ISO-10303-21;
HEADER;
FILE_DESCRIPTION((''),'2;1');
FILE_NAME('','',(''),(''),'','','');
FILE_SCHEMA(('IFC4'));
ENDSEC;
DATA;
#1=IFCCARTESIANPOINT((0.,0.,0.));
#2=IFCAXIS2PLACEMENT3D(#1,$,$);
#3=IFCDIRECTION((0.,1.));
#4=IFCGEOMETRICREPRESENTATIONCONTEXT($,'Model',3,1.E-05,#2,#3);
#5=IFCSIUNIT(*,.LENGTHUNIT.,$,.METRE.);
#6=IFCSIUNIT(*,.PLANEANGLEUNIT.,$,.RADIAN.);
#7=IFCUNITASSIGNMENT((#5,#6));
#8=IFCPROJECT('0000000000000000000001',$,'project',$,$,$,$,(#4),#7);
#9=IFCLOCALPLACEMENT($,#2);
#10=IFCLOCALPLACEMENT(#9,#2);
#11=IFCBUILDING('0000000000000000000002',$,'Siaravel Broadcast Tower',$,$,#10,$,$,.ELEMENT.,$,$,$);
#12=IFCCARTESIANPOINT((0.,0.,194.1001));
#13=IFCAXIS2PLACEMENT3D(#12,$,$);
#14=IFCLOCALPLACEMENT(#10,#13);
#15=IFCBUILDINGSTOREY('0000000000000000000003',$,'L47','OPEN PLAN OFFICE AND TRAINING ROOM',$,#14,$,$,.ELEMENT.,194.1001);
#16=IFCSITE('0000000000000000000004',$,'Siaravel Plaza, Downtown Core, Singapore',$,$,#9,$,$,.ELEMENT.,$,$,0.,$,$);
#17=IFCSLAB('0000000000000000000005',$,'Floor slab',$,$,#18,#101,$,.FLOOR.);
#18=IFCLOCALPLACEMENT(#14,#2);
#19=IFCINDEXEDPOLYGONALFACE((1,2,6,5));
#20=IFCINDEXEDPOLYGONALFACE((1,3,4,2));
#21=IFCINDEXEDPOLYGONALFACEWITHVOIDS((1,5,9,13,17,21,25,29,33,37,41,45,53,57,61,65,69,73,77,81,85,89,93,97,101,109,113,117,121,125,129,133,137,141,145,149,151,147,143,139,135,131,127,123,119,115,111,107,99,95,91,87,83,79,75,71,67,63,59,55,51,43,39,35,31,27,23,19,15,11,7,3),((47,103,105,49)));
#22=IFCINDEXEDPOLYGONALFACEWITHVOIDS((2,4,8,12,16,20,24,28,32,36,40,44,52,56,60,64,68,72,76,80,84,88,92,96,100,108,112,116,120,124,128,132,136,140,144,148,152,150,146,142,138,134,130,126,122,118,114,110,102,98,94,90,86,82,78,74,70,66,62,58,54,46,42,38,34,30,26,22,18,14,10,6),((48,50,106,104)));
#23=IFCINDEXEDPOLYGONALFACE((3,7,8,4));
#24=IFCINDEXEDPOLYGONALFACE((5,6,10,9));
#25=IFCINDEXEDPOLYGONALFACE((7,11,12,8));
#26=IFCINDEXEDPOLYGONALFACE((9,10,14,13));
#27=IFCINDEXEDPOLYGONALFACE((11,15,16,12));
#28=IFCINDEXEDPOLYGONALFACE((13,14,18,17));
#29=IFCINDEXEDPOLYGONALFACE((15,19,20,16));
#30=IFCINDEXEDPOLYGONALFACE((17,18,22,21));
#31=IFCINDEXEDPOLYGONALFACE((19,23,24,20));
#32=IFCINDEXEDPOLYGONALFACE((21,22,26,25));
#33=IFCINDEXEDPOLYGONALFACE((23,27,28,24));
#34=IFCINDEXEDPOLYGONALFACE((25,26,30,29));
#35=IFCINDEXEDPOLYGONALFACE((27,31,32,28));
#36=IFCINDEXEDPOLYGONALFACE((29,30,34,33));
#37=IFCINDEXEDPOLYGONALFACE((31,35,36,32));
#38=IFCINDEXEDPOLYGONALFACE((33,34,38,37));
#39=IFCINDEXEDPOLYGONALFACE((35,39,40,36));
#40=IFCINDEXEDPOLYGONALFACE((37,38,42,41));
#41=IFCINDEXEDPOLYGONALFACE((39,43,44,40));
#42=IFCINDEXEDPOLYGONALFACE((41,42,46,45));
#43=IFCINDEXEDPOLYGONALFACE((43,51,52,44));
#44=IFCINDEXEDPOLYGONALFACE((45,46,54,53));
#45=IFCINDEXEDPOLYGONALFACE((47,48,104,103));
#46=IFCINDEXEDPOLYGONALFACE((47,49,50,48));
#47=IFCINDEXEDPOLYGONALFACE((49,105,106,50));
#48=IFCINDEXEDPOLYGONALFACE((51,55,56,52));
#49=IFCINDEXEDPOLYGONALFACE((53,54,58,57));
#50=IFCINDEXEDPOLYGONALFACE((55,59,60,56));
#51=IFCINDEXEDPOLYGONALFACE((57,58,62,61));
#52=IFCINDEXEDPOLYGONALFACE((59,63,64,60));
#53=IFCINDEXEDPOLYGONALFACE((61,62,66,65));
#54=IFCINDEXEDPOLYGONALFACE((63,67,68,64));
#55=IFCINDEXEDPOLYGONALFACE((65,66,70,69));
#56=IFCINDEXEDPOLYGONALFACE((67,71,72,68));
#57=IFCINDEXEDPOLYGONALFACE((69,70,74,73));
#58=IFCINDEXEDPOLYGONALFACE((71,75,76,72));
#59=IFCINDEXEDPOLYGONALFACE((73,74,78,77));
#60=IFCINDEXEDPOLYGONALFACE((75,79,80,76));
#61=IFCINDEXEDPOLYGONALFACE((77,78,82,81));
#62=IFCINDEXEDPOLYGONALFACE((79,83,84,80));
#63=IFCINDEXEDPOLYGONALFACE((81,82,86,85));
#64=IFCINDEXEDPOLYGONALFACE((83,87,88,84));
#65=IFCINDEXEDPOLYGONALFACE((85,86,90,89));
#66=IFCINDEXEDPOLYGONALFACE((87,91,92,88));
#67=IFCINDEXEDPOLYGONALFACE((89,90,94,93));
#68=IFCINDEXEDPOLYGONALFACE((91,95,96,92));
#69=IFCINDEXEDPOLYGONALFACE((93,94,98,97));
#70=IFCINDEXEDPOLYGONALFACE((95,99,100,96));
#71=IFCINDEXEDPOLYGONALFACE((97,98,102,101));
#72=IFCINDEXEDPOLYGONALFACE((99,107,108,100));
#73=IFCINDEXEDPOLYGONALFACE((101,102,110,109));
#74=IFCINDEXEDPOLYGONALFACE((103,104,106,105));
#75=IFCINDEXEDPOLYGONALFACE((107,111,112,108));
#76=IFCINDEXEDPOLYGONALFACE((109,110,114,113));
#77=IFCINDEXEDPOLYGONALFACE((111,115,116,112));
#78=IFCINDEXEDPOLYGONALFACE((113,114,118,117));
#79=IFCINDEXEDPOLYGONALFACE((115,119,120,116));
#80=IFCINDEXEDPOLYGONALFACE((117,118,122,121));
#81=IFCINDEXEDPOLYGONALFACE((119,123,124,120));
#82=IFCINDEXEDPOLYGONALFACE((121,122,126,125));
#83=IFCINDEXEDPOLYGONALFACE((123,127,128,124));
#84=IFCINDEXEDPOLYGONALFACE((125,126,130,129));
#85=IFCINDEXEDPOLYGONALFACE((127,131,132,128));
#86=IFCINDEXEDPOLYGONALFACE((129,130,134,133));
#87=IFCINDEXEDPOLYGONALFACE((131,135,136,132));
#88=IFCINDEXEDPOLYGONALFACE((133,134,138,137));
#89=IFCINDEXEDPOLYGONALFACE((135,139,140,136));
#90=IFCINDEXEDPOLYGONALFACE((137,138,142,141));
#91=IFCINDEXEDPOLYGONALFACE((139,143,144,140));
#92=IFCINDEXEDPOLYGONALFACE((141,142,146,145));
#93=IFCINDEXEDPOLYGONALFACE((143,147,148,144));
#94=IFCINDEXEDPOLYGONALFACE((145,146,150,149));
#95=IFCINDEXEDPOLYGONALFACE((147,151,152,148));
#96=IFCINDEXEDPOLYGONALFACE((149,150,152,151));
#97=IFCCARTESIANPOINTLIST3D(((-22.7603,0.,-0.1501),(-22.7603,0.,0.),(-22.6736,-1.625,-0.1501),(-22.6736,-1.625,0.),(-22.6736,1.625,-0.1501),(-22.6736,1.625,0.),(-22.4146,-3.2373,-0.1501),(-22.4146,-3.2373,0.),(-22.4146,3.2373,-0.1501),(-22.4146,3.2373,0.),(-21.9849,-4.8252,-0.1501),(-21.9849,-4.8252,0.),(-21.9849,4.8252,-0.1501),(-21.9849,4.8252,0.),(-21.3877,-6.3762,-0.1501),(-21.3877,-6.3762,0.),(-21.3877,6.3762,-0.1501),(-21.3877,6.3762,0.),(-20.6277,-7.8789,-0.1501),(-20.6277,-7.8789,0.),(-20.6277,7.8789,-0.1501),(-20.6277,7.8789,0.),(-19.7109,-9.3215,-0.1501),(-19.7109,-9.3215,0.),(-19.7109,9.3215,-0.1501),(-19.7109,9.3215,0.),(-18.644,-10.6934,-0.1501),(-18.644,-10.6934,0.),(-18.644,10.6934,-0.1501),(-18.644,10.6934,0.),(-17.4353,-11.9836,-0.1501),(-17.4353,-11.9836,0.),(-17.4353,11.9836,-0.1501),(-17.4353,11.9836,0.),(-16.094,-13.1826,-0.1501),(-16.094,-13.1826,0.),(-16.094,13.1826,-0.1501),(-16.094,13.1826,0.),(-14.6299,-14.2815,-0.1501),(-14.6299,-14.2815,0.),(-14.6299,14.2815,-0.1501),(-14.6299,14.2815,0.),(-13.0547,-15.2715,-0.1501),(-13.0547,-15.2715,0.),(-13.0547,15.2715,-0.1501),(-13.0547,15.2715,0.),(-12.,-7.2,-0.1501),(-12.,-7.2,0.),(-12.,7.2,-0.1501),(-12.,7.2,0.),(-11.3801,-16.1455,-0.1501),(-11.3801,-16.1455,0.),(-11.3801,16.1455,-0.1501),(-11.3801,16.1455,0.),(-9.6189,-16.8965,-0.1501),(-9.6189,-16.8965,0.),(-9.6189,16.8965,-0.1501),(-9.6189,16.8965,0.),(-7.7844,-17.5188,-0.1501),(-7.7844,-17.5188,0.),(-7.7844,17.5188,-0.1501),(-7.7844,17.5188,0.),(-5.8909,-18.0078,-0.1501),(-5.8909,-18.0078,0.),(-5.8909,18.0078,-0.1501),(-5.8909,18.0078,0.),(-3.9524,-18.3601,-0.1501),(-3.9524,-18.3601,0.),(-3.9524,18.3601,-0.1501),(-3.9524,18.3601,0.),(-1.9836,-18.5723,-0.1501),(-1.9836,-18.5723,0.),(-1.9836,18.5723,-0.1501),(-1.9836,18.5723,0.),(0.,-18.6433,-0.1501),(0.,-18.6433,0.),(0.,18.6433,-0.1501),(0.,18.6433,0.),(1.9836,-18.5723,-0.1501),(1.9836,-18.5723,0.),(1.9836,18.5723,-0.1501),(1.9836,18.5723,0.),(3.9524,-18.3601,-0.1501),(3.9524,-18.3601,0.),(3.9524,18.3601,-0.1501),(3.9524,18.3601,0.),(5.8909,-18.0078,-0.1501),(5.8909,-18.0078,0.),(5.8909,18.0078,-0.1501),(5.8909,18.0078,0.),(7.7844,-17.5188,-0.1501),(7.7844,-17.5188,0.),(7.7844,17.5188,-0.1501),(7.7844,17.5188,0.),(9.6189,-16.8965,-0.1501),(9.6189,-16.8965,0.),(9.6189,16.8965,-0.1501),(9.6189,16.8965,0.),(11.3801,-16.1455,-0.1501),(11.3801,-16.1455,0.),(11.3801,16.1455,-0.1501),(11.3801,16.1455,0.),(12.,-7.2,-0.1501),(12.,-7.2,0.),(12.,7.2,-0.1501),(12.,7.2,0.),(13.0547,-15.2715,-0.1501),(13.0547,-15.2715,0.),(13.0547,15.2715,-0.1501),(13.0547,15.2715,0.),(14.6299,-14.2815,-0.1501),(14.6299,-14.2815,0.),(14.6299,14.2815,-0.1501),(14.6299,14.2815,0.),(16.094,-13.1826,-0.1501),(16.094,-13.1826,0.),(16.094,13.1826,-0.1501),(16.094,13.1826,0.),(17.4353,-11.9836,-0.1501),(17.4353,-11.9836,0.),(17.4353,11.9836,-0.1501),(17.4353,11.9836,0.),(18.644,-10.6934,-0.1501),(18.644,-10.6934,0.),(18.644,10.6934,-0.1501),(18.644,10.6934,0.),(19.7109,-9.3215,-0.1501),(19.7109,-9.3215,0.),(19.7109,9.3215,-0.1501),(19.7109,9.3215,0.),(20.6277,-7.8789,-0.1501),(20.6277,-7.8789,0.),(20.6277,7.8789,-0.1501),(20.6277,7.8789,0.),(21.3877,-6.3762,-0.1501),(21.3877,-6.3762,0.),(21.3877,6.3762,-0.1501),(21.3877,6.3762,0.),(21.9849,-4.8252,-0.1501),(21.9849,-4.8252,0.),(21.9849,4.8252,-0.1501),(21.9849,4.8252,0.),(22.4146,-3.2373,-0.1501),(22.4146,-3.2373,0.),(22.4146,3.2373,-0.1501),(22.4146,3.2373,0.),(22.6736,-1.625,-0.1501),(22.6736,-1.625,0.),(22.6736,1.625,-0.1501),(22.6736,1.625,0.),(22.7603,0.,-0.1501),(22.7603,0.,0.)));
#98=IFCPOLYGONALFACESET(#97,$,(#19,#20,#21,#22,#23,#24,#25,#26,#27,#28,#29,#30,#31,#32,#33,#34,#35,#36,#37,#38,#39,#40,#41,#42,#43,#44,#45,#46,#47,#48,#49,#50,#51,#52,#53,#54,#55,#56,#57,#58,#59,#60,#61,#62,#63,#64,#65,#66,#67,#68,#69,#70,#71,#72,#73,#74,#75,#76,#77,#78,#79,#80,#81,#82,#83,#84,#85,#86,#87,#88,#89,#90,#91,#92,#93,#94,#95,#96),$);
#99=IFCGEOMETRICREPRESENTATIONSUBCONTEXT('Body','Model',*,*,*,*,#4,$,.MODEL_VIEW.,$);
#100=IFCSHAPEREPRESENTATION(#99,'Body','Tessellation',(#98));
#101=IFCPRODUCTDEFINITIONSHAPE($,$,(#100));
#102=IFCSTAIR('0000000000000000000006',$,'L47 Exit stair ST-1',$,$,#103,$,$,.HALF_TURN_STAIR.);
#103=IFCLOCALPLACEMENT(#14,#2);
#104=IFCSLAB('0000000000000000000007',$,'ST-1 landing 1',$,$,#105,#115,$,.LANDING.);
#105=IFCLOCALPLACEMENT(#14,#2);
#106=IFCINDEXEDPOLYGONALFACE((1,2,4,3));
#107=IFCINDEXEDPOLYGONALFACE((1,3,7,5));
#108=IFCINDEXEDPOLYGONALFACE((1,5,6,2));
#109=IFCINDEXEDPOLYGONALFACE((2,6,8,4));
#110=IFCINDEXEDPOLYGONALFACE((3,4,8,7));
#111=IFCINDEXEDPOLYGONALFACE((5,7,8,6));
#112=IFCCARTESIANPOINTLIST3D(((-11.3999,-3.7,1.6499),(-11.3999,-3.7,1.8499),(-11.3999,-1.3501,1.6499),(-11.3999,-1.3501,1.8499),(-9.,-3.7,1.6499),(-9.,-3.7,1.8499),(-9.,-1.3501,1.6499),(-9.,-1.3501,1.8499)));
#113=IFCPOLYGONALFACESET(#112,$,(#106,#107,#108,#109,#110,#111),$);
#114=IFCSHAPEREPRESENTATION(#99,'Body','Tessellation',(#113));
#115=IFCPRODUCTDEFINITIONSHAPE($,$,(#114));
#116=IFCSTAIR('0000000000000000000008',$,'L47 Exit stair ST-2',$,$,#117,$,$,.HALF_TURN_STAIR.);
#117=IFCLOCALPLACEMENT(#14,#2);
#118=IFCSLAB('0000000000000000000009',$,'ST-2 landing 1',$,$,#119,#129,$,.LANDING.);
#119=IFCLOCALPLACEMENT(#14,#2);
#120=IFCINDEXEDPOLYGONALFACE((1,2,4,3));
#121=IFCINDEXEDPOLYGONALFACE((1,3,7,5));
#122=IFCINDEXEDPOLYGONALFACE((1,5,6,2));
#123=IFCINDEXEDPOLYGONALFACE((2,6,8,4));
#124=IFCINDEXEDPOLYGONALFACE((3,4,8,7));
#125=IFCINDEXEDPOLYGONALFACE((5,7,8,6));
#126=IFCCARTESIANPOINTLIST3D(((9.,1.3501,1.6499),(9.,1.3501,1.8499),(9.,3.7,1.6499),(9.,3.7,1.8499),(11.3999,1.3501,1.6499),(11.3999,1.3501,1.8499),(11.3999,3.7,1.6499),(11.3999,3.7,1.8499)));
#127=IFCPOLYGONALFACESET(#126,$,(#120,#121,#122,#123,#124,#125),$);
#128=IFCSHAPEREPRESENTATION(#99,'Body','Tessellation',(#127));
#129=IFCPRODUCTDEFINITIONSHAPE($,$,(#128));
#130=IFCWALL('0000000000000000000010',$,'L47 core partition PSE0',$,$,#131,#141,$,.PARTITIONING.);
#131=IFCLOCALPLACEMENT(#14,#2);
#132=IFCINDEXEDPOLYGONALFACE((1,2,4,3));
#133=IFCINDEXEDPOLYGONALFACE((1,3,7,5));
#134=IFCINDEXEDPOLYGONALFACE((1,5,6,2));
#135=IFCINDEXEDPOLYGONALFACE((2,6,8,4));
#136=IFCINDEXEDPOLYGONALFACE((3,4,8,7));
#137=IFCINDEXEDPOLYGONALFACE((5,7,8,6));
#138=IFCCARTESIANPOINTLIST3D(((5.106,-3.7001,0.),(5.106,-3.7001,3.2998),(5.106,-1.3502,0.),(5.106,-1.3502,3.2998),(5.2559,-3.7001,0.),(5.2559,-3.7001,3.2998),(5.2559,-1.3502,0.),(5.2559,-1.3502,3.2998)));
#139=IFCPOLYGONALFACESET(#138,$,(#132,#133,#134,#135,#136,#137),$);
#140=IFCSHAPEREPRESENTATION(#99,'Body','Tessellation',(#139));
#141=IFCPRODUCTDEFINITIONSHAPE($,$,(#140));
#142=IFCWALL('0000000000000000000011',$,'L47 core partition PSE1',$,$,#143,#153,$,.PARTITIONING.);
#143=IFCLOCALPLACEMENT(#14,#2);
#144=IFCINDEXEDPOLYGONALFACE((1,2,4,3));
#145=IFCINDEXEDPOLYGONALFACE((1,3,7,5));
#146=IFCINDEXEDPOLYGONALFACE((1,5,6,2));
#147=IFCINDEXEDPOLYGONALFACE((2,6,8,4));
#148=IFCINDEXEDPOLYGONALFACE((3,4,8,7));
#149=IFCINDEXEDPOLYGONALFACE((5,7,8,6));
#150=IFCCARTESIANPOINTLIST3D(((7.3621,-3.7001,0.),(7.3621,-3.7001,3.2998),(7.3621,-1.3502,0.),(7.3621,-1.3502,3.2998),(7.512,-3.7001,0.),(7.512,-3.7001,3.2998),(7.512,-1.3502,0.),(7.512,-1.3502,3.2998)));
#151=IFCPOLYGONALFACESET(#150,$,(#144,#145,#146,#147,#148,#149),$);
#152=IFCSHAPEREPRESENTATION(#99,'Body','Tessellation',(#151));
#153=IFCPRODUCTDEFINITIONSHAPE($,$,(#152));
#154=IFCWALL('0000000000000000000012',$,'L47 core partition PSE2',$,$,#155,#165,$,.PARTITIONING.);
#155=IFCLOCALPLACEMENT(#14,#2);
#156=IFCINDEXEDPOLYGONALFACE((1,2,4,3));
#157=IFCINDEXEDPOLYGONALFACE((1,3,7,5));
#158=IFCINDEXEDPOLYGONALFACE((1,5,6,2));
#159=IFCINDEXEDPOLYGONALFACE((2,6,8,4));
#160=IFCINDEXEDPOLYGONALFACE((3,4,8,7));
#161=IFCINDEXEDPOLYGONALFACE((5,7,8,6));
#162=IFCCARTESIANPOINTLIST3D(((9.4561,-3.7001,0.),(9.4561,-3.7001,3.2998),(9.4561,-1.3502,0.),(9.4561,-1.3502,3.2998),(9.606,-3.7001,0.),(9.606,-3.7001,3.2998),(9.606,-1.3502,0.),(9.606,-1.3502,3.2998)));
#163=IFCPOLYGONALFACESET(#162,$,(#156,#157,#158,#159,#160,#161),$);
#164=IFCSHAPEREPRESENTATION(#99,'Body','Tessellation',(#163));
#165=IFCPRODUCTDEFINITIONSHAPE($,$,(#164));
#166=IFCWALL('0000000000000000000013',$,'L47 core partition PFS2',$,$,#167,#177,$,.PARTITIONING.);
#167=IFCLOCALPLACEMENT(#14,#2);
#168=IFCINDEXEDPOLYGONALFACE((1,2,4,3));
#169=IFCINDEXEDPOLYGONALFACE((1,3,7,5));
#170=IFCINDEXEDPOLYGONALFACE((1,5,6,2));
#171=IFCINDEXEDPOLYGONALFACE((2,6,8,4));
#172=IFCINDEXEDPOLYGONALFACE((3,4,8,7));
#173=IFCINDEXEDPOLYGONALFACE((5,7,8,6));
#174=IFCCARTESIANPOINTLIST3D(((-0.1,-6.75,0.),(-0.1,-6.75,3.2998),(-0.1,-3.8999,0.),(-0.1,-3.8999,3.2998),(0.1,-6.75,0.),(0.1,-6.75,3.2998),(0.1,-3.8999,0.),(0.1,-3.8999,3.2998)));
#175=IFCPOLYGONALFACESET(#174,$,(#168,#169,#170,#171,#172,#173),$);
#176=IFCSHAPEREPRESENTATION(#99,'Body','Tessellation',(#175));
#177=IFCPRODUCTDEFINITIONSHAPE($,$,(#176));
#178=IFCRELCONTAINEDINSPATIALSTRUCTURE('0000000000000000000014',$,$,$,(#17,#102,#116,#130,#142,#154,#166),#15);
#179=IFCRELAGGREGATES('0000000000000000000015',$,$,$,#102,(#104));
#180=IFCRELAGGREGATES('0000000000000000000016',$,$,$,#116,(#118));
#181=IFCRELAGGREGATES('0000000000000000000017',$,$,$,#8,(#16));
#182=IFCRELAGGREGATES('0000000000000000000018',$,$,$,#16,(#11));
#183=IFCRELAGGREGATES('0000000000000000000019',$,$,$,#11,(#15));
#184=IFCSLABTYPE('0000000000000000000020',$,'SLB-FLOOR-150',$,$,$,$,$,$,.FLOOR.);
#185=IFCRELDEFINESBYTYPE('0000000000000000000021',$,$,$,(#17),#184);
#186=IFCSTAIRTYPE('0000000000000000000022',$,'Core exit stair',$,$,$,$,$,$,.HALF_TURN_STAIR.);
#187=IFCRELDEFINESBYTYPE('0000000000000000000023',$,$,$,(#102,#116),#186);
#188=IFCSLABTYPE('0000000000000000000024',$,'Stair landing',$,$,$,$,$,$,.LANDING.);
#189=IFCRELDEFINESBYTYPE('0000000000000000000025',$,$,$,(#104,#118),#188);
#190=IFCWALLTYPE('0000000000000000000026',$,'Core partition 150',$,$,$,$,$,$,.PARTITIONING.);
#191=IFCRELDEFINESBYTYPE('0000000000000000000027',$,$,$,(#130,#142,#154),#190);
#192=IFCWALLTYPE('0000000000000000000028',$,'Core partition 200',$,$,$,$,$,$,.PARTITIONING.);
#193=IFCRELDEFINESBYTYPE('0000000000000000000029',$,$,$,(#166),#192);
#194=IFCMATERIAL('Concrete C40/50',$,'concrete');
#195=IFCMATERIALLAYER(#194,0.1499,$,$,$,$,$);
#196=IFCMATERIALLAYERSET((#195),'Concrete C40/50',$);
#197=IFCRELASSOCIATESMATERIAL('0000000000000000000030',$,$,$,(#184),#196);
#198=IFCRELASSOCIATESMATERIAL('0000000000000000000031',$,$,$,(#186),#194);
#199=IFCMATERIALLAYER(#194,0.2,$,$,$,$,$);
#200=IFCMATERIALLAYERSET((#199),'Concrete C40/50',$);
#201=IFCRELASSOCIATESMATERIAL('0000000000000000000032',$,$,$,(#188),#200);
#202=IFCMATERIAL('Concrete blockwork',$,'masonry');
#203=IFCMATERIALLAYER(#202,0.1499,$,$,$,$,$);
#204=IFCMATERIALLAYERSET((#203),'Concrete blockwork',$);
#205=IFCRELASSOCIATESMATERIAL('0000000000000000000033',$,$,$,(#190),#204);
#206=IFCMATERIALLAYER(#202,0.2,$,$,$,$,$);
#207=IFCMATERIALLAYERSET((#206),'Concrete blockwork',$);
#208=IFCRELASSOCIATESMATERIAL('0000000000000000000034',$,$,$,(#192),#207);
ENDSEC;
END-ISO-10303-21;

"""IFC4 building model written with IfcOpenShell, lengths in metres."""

from ifc_helpers import new_model, si_unit, direction, frame, frame_2d, origin, place, context, subcontext, project, spatial, polyline, rectangle, outline, extrude, material, layer, layer_set, type_object, element, aggregate, save


model = new_model("IFC4")

# Units and contexts
model_context = context("Model", 3, precision=1e-05, world=origin(), true_north=direction((0.0, 1.0)))
body_context = subcontext(model_context, "Body", "Model", "MODEL_VIEW")
ifc_project = project(units=[si_unit("LENGTHUNIT", "METRE"), si_unit("PLANEANGLEUNIT", "RADIAN")], contexts=[model_context])

# Site, building, storey
site_placement = place(None, origin())
site = spatial("IfcSite", under=ifc_project, at=site_placement, Name="Siaravel Plaza, Downtown Core, Singapore", CompositionType="ELEMENT", RefElevation=0.0)
building_placement = place(site_placement, origin())
building = spatial("IfcBuilding", under=site, at=building_placement, Name="Siaravel Broadcast Tower", CompositionType="ELEMENT")
storey_placement = place(building_placement, frame((0.0, 0.0, 194.1001)))
storey = spatial("IfcBuildingStorey", under=building, at=storey_placement, Name="L47", Description="OPEN PLAN OFFICE AND TRAINING ROOM", CompositionType="ELEMENT", Elevation=194.1001)

# Slab
ifc_material_1 = material(Name="Concrete C40/50", Category="concrete")
ifc_layer_1 = layer(ifc_material_1, 0.1499)
ifc_layer_set_1 = layer_set([ifc_layer_1], Name="Concrete C40/50")
slab_type_1 = type_object("IfcSlabType", Name="SLB-FLOOR-150", PredefinedType="FLOOR", material=ifc_layer_set_1)
slab_1_placement = place(storey_placement, frame((0.0, 0.0, -0.1501)))
element("IfcSlab", 1, at=slab_1_placement, inside=storey, type_object=slab_type_1, Name="Floor slab", PredefinedType="FLOOR", context=body_context, shape_type="SweptSolid", body=[
    extrude(outline(polyline([(22.7603, 0.0), (22.6736, 1.625), (22.4146, 3.2373), (21.9849, 4.8252), (21.3877, 6.3762), (20.6277, 7.8789), (19.7109, 9.3215), (18.644, 10.6934), (17.4353, 11.9836), (16.094, 13.1826), (14.6299, 14.2815), (13.0547, 15.2715), (11.3801, 16.1455), (9.6189, 16.8965), (7.7844, 17.5188), (5.8909, 18.0078), (3.9524, 18.3601), (1.9836, 18.5723), (0.0, 18.6433), (-1.9836, 18.5723), (-3.9524, 18.3601), (-5.8909, 18.0078), (-7.7844, 17.5188), (-9.6189, 16.8965), (-11.3801, 16.1455), (-13.0547, 15.2715), (-14.6299, 14.2815), (-16.094, 13.1826), (-17.4353, 11.9836), (-18.644, 10.6934), (-19.7109, 9.3215), (-20.6277, 7.8789), (-21.3877, 6.3762), (-21.9849, 4.8252), (-22.4146, 3.2373), (-22.6736, 1.625), (-22.7603, 0.0), (-22.6736, -1.625), (-22.4146, -3.2373), (-21.9849, -4.8252), (-21.3877, -6.3762), (-20.6277, -7.8789), (-19.7109, -9.3215), (-18.644, -10.6934), (-17.4353, -11.9836), (-16.094, -13.1826), (-14.6299, -14.2815), (-13.0547, -15.2715), (-11.3801, -16.1455), (-9.6189, -16.8965), (-7.7844, -17.5188), (-5.8909, -18.0078), (-3.9524, -18.3601), (-1.9836, -18.5723), (0.0, -18.6433), (1.9836, -18.5723), (3.9524, -18.3601), (5.8909, -18.0078), (7.7844, -17.5188), (9.6189, -16.8965), (11.3801, -16.1455), (13.0547, -15.2715), (14.6299, -14.2815), (16.094, -13.1826), (17.4353, -11.9836), (18.644, -10.6934), (19.7109, -9.3215), (20.6277, -7.8789), (21.3877, -6.3762), (21.9849, -4.8252), (22.4146, -3.2373), (22.6736, -1.625), (22.7603, 0.0)]), holes=[polyline([(-12.0, 7.2), (12.0, 7.2), (12.0, -7.2), (-12.0, -7.2), (-12.0, 7.2)])]), origin(), (0.0, 0.0, 1.0), 0.1501),
])

# Stairs, slabs
stair_type = type_object("IfcStairType", Name="Core exit stair", PredefinedType="HALF_TURN_STAIR", material=ifc_material_1)
stair_1_placement = place(storey_placement, origin())
stair_1 = element("IfcStair", 2, at=stair_1_placement, inside=storey, type_object=stair_type, Name="L47 Exit stair ST-1", PredefinedType="HALF_TURN_STAIR")
ifc_layer_2 = layer(ifc_material_1, 0.2)
ifc_layer_set_2 = layer_set([ifc_layer_2], Name="Concrete C40/50")
slab_type_2 = type_object("IfcSlabType", Name="Stair landing", PredefinedType="LANDING", material=ifc_layer_set_2)
slab_2_placement = place(storey_placement, frame((0.0, 0.0, 1.6499)))
slab_2 = element("IfcSlab", 3, at=slab_2_placement, type_object=slab_type_2, Name="ST-1 landing 1", PredefinedType="LANDING", context=body_context, shape_type="SweptSolid", body=[
    extrude(outline(polyline([(-9.0, -1.3501), (-11.3999, -1.3501), (-11.3999, -3.7), (-9.0, -3.7), (-9.0, -1.3501)])), origin(), (0.0, 0.0, 1.0), 0.2),
])
aggregate(stair_1, [slab_2])
stair_2_placement = place(storey_placement, origin())
stair_2 = element("IfcStair", 4, at=stair_2_placement, inside=storey, type_object=stair_type, Name="L47 Exit stair ST-2", PredefinedType="HALF_TURN_STAIR")
slab_3_placement = place(storey_placement, frame((0.0, 0.0, 1.6499)))
slab_3 = element("IfcSlab", 5, at=slab_3_placement, type_object=slab_type_2, Name="ST-2 landing 1", PredefinedType="LANDING", context=body_context, shape_type="SweptSolid", body=[
    extrude(outline(polyline([(9.0, 1.3501), (11.3999, 1.3501), (11.3999, 3.7), (9.0, 3.7), (9.0, 1.3501)])), origin(), (0.0, 0.0, 1.0), 0.2),
])
aggregate(stair_2, [slab_3])

# Walls
ifc_material_2 = material(Name="Concrete blockwork", Category="masonry")
ifc_layer_3 = layer(ifc_material_2, 0.1499)
ifc_layer_set_3 = layer_set([ifc_layer_3], Name="Concrete blockwork")
wall_type_1 = type_object("IfcWallType", Name="Core partition 150", PredefinedType="PARTITIONING", material=ifc_layer_set_3)
for number, where, z_axis, x_axis, name in (
    (6, (5.1809, -3.7, 0.0), (0.0, 0.0, 1.0), (0.0, 1.0, 0.0), "L47 core partition PSE0"),
    (7, (7.437, -3.7, 0.0), (0.0, 0.0, 1.0), (0.0, 1.0, 0.0), "L47 core partition PSE1"),
    (8, (9.531, -3.7, 0.0), (0.0, 0.0, 1.0), (0.0, 1.0, 0.0), "L47 core partition PSE2"),
):
    element("IfcWall", number, at=place(storey_placement, frame(where, z_axis=z_axis, x_axis=x_axis)), inside=storey, type_object=wall_type_1, Name=name, PredefinedType="PARTITIONING", context=body_context, shape_type="SweptSolid", body=[
        extrude(rectangle(XDim=2.3499, YDim=0.1499, at=frame_2d((1.1748, 0.0))), origin(), (0.0, 0.0, 1.0), 3.2998),
    ])
ifc_layer_4 = layer(ifc_material_2, 0.2)
ifc_layer_set_4 = layer_set([ifc_layer_4], Name="Concrete blockwork")
wall_type_2 = type_object("IfcWallType", Name="Core partition 200", PredefinedType="PARTITIONING", material=ifc_layer_set_4)
wall_1_placement = place(storey_placement, frame((0.0, -6.75, 0.0), z_axis=(0.0, 0.0, 1.0), x_axis=(0.0, 1.0, 0.0)))
element("IfcWall", 9, at=wall_1_placement, inside=storey, type_object=wall_type_2, Name="L47 core partition PFS2", PredefinedType="PARTITIONING", context=body_context, shape_type="SweptSolid", body=[
    extrude(rectangle(XDim=2.8501, YDim=0.2, at=frame_2d((1.425, 0.0))), origin(), (0.0, 0.0, 1.0), 3.2998),
])

save(model, "model.ifc")
